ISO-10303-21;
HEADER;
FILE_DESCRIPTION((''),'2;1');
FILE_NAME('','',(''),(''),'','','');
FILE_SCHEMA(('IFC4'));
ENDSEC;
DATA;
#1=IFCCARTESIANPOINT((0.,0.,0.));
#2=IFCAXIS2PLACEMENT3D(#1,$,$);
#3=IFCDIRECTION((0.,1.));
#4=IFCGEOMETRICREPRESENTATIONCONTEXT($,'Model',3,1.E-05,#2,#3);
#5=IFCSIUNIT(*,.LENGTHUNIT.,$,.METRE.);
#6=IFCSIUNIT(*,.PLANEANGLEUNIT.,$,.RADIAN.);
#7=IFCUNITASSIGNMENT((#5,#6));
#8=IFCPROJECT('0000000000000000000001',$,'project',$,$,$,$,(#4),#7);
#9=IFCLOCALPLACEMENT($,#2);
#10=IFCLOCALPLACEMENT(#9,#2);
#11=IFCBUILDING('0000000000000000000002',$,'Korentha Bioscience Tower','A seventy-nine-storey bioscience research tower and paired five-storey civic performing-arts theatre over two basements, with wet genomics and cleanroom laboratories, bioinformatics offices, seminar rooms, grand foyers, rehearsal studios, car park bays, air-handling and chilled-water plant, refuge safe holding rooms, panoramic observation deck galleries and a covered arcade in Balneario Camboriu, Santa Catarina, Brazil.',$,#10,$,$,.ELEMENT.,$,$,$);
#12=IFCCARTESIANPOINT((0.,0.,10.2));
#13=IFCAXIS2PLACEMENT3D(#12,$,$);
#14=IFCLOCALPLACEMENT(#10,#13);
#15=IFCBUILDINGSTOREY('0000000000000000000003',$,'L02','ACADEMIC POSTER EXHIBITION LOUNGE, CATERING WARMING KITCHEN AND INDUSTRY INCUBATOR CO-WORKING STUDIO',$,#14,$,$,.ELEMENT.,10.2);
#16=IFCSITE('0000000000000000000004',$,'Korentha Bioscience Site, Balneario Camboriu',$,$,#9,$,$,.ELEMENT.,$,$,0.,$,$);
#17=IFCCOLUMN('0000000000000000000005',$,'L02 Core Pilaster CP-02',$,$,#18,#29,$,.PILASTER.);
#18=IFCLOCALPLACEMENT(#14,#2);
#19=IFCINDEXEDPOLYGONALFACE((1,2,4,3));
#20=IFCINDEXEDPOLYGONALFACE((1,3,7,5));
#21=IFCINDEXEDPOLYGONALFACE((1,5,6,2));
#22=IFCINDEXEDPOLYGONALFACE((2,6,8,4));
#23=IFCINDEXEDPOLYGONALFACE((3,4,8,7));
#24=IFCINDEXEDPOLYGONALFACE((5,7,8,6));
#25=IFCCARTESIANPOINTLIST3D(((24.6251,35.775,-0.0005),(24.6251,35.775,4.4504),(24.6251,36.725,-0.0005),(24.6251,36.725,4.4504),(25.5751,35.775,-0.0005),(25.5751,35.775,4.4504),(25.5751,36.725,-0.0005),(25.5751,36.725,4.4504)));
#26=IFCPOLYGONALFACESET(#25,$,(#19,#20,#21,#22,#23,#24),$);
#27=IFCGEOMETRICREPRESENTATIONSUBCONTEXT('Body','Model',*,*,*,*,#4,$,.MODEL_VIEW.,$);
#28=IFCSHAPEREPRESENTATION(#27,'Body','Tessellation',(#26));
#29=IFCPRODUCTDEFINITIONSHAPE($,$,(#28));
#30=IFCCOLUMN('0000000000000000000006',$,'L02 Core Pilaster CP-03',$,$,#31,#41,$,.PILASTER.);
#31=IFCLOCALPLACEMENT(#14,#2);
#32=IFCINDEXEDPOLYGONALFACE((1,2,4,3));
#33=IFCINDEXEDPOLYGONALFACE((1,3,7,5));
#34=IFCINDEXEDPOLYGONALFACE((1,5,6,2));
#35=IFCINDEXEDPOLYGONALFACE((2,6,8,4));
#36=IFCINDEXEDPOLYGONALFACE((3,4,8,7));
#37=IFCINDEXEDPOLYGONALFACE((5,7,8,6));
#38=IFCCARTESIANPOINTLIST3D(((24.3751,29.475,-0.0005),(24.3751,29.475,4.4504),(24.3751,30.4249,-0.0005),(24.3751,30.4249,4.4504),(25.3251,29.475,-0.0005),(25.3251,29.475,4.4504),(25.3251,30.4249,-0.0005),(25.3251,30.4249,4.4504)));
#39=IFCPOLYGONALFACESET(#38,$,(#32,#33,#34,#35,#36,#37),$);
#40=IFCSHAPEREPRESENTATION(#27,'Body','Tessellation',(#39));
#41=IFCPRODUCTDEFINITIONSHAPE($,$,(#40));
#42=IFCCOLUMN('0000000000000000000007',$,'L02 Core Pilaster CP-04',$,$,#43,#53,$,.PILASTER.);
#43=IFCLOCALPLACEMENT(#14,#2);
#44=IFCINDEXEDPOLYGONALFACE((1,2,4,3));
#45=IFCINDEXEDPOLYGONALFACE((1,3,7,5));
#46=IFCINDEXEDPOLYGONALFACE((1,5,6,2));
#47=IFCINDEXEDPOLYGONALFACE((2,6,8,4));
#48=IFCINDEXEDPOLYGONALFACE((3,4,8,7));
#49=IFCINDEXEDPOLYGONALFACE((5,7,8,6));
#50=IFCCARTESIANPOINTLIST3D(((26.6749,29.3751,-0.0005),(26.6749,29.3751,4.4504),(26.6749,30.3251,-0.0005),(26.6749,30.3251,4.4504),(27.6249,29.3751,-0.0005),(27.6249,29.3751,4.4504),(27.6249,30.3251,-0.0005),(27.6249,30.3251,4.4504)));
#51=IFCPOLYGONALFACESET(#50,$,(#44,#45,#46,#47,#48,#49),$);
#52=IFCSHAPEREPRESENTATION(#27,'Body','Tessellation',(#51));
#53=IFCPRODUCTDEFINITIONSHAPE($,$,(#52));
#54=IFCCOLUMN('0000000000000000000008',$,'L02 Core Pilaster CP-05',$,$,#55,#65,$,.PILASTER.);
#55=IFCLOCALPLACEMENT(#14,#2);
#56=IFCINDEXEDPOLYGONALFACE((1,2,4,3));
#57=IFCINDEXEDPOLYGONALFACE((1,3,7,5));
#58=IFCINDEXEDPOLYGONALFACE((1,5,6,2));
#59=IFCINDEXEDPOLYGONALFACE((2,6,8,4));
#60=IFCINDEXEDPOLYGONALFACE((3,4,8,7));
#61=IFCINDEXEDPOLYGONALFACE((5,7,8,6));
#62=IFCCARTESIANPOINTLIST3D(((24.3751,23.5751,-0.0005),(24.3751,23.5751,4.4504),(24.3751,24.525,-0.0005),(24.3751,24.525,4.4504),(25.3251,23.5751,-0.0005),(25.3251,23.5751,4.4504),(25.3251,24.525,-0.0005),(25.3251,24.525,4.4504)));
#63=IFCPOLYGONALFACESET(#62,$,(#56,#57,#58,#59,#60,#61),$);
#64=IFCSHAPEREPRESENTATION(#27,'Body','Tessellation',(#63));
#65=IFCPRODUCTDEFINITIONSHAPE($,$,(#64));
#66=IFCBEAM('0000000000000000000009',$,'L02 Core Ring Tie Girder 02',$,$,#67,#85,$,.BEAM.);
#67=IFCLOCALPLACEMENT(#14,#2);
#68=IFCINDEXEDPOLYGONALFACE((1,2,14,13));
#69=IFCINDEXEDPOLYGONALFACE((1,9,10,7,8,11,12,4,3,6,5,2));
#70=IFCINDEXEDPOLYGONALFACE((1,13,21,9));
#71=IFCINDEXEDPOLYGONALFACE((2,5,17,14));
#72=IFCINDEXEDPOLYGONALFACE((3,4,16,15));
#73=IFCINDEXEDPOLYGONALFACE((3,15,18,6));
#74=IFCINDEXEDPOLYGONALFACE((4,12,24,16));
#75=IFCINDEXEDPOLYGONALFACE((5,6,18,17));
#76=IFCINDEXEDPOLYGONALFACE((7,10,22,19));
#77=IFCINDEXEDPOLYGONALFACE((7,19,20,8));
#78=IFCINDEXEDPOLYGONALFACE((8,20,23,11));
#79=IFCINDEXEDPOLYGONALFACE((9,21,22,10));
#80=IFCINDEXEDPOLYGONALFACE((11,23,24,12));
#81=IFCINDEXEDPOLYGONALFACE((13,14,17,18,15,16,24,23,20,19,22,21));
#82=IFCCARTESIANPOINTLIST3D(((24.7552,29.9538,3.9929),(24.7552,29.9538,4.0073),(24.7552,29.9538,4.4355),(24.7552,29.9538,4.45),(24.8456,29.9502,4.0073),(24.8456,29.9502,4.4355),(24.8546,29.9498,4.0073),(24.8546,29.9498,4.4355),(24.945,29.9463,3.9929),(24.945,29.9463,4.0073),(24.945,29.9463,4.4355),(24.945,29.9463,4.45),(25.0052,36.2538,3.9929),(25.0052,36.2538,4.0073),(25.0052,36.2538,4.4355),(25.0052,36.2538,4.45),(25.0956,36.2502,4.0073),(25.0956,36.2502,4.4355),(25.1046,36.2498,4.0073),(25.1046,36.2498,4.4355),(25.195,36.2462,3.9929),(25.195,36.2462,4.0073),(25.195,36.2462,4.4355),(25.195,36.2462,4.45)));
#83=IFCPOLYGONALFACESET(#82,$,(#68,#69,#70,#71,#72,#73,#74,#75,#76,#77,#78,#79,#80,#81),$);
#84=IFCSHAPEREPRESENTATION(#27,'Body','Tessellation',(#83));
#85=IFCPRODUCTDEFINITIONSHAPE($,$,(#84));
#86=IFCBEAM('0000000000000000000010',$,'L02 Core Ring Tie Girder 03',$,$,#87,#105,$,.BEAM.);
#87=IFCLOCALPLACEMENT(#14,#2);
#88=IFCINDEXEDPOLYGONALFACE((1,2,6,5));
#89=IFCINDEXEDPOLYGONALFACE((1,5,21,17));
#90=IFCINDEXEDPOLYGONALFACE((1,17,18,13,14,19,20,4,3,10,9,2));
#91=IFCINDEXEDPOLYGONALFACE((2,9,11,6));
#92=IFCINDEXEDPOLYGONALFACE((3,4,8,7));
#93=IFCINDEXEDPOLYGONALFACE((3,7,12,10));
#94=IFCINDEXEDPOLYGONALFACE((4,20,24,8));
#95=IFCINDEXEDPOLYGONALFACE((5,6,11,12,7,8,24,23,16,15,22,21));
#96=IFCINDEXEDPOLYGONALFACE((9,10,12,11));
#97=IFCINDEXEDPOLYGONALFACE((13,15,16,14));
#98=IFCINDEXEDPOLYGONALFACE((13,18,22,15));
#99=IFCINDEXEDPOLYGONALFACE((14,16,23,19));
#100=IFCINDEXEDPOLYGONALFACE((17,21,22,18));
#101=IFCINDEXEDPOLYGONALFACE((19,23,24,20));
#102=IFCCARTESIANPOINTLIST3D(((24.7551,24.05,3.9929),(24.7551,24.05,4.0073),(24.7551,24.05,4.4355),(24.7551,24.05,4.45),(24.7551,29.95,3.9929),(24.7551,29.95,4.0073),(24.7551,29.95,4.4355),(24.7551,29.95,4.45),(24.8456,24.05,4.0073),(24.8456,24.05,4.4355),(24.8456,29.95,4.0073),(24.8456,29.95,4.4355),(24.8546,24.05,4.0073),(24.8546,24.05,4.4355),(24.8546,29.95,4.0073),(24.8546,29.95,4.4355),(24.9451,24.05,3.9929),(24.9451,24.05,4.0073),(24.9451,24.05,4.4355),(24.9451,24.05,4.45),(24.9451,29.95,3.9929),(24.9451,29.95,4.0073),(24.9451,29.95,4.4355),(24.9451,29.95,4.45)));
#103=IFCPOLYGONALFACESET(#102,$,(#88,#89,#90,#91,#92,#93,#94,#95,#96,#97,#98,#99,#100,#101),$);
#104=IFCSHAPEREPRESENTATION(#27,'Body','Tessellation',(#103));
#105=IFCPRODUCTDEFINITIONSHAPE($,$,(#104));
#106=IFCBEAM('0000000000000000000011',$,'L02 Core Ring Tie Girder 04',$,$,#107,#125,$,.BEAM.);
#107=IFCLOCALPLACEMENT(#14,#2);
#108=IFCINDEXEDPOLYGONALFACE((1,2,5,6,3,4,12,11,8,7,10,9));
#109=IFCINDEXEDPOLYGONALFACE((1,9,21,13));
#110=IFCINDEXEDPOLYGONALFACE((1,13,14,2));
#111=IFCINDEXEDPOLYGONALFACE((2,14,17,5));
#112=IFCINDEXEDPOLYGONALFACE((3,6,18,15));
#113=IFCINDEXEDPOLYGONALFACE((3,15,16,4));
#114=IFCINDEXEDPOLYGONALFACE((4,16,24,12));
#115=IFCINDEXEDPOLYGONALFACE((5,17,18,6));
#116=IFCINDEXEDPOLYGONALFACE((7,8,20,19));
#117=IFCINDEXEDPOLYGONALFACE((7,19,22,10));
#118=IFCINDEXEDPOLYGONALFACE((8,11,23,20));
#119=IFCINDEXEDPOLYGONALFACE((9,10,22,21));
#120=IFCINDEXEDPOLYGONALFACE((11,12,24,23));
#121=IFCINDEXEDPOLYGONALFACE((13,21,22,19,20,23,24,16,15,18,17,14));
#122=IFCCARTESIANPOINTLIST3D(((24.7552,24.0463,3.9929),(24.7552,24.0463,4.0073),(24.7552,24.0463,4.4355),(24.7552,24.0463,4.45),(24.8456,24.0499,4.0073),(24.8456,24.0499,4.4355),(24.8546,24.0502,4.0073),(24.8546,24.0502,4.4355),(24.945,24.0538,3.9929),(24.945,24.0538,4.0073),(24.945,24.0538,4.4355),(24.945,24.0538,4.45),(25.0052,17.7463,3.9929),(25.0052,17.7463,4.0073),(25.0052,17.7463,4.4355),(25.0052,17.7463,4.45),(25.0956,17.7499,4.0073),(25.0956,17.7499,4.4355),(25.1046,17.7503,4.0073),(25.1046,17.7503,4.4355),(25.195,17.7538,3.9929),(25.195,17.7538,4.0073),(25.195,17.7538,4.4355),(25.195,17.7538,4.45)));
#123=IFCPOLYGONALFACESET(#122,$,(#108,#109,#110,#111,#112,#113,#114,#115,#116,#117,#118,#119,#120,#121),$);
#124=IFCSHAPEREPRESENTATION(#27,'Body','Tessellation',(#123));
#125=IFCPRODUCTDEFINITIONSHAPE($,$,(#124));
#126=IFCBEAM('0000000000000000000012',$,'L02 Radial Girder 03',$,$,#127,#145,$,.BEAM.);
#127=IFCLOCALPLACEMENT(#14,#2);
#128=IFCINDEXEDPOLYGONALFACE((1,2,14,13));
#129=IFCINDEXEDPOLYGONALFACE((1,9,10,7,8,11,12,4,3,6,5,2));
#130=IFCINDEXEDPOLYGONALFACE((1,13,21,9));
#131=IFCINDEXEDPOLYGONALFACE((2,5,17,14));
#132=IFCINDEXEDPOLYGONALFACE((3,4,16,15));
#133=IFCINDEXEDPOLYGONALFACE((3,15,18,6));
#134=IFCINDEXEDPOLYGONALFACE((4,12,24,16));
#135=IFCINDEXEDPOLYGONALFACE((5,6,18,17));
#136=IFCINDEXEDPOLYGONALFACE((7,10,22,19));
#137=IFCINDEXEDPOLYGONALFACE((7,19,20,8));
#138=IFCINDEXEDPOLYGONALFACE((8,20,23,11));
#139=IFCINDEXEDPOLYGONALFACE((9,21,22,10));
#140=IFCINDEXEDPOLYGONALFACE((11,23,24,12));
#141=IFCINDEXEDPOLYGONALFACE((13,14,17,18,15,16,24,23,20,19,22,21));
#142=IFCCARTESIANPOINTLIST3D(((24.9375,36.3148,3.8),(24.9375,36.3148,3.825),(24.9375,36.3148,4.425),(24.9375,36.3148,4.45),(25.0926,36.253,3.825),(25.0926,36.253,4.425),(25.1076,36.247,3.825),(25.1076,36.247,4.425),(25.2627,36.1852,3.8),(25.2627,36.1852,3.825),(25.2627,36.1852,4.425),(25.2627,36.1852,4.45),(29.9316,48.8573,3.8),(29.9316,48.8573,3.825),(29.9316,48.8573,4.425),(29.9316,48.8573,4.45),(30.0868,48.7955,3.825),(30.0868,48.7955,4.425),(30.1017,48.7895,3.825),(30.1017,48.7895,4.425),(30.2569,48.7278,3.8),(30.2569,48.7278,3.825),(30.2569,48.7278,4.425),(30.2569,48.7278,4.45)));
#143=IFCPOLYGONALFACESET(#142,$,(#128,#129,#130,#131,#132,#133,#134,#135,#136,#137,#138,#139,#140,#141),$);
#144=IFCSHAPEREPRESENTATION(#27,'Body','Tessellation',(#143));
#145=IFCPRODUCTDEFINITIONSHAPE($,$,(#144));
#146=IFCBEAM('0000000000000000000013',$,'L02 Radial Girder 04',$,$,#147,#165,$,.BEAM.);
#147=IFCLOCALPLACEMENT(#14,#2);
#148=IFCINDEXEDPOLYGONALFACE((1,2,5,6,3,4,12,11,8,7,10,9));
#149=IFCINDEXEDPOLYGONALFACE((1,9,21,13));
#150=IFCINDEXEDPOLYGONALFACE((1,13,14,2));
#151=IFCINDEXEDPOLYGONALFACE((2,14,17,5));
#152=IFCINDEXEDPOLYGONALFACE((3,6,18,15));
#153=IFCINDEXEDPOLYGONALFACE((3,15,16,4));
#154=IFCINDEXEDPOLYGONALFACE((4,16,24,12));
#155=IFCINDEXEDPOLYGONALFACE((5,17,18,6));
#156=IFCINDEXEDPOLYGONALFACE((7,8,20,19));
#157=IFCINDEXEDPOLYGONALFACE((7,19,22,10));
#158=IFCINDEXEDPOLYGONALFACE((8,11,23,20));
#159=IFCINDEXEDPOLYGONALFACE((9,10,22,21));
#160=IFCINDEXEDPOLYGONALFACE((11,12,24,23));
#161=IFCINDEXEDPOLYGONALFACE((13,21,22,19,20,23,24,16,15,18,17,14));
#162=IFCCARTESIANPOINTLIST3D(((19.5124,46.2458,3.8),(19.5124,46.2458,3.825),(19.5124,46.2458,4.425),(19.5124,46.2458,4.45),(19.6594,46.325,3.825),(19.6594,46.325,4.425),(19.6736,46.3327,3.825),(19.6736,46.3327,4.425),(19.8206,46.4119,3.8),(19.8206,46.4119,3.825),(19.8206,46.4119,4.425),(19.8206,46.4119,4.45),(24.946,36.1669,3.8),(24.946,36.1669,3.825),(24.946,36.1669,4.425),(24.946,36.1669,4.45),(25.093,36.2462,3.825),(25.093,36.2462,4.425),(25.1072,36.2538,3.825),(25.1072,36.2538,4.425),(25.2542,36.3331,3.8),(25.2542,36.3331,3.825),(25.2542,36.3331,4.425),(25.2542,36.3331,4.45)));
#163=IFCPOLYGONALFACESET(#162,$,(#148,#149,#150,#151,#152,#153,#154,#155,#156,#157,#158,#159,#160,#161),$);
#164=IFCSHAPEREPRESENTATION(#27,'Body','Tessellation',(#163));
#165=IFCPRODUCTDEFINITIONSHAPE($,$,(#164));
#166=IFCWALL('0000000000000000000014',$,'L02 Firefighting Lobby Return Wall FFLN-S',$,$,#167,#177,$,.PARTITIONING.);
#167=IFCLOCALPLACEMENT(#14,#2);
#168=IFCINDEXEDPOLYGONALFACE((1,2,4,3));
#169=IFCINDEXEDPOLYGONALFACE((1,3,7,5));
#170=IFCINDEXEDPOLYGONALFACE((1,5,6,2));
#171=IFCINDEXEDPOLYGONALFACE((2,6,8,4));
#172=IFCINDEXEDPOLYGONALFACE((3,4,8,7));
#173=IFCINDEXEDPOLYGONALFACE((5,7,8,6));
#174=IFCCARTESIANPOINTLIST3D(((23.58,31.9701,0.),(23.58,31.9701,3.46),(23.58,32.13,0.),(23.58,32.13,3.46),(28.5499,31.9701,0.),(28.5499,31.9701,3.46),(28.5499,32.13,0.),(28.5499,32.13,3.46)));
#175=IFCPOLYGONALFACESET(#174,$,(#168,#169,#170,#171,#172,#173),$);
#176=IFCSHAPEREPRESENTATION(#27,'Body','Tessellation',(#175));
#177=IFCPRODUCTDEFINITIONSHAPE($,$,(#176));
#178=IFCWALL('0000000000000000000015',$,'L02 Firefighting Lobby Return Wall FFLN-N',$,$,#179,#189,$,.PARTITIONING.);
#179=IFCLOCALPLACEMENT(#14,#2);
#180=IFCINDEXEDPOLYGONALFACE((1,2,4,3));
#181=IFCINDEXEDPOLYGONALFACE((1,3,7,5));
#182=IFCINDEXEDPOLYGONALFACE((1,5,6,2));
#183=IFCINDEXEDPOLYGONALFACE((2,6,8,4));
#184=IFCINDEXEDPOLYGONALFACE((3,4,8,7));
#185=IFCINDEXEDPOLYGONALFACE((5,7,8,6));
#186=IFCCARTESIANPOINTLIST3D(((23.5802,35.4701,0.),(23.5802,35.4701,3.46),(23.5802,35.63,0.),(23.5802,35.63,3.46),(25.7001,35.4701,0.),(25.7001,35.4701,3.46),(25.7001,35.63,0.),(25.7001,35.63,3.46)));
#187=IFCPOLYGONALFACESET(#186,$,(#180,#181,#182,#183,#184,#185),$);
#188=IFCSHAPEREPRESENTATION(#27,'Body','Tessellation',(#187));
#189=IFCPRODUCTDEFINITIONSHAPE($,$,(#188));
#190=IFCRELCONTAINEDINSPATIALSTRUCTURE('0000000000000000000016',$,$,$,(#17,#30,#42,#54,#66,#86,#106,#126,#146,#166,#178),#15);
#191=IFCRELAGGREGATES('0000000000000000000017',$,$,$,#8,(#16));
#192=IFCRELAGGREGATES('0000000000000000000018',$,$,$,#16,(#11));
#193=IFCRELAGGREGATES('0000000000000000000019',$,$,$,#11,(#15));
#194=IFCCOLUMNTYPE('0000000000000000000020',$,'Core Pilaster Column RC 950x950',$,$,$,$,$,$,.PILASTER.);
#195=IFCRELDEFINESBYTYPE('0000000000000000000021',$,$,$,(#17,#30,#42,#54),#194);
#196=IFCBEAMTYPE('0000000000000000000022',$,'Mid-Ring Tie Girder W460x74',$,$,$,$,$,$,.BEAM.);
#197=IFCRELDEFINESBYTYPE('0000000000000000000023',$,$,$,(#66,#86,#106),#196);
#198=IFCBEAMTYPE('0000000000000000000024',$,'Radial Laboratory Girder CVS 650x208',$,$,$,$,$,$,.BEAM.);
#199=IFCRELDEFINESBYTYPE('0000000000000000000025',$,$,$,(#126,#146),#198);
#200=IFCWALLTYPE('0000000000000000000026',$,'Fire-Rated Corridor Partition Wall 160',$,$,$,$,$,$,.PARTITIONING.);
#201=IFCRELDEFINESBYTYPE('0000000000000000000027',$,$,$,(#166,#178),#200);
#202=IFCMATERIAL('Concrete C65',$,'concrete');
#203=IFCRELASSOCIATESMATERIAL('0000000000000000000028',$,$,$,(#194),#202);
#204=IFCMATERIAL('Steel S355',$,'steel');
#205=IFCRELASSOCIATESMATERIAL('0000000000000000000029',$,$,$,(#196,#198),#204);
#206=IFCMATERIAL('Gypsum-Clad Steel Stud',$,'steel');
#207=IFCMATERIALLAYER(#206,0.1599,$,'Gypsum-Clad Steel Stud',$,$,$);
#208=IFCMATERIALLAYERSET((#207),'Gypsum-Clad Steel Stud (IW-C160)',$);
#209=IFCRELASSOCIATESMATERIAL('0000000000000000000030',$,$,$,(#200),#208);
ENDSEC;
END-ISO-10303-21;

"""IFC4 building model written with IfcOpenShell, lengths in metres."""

from ifc_helpers import new_model, si_unit, direction, frame, frame_2d, origin, origin_2d, place, context, subcontext, project, spatial, rectangle, i_section, extrude, material, layer, layer_set, material_profile, profile_set, type_object, element, save


model = new_model("IFC4")

# Units and contexts
model_context = context("Model", 3, precision=1e-05, world=origin(), true_north=direction((0.0, 1.0)))
body_context = subcontext(model_context, "Body", "Model", "MODEL_VIEW")
ifc_project = project(units=[si_unit("LENGTHUNIT", "METRE"), si_unit("PLANEANGLEUNIT", "RADIAN")], contexts=[model_context])

# Site, building, storey
site_placement = place(None, origin())
site = spatial("IfcSite", under=ifc_project, at=site_placement, Name="Korentha Bioscience Site, Balneario Camboriu", CompositionType="ELEMENT", RefElevation=0.0)
building_placement = place(site_placement, origin())
building = spatial("IfcBuilding", under=site, at=building_placement, Name="Korentha Bioscience Tower", Description="A seventy-nine-storey bioscience research tower and paired five-storey civic performing-arts theatre over two basements, with wet genomics and cleanroom laboratories, bioinformatics offices, seminar rooms, grand foyers, rehearsal studios, car park bays, air-handling and chilled-water plant, refuge safe holding rooms, panoramic observation deck galleries and a covered arcade in Balneario Camboriu, Santa Catarina, Brazil.", CompositionType="ELEMENT")
storey_placement = place(building_placement, frame((0.0, 0.0, 10.2)))
storey = spatial("IfcBuildingStorey", under=building, at=storey_placement, Name="L02", Description="ACADEMIC POSTER EXHIBITION LOUNGE, CATERING WARMING KITCHEN AND INDUSTRY INCUBATOR CO-WORKING STUDIO", CompositionType="ELEMENT", Elevation=10.2)

# Columns
ifc_material_1 = material(Name="Concrete C65", Category="concrete")
ifc_material_profile_1 = material_profile(ifc_material_1, rectangle(XDim=0.95, YDim=0.95, at=origin_2d()), Name="Concrete C65")
ifc_profile_set_1 = profile_set([ifc_material_profile_1], Name="Concrete C65 (COL-CP09)")
column_type = type_object("IfcColumnType", Name="Core Pilaster Column RC 950x950", PredefinedType="PILASTER", material=ifc_profile_set_1)
for number, where, z_axis, x_axis, name in (
    (1, (25.1001, 36.25, -0.0005), (0.0, 0.0, 1.0), (1.0, 0.0, 0.0), "L02 Core Pilaster CP-02"),
    (2, (24.8501, 29.95, -0.0005), (0.0, 0.0, 1.0), (1.0, 0.0, 0.0), "L02 Core Pilaster CP-03"),
    (3, (27.1499, 29.8501, -0.0005), (0.0, 0.0, 1.0), (1.0, 0.0, 0.0), "L02 Core Pilaster CP-04"),
    (4, (24.8501, 24.05, -0.0005), (0.0, 0.0, 1.0), (1.0, 0.0, 0.0), "L02 Core Pilaster CP-05"),
):
    element("IfcColumn", number, at=place(storey_placement, frame(where, z_axis=z_axis, x_axis=x_axis)), inside=storey, type_object=column_type, Name=name, PredefinedType="PILASTER", context=body_context, shape_type="SweptSolid", body=[
        extrude(rectangle(XDim=0.95, YDim=0.95, at=origin_2d()), origin(), (0.0, 0.0, 1.0), 4.4509),
    ])

# Beams
ifc_material_2 = material(Name="Steel S355", Category="steel")
ifc_material_profile_2 = material_profile(ifc_material_2, i_section(OverallWidth=0.1899, OverallDepth=0.457, WebThickness=0.009, FlangeThickness=0.0144, at=origin_2d()), Name="Steel S355")
ifc_profile_set_2 = profile_set([ifc_material_profile_2], Name="Steel S355 (MB-460)")
beam_type_1 = type_object("IfcBeamType", Name="Mid-Ring Tie Girder W460x74", PredefinedType="BEAM", material=ifc_profile_set_2)
beam_1_placement = place(storey_placement, frame((25.1001, 36.25, 4.2214), z_axis=(-0.039651, -0.999214, 0.0), x_axis=(0.999214, -0.039651, 0.0)))
element("IfcBeam", 5, at=beam_1_placement, inside=storey, type_object=beam_type_1, Name="L02 Core Ring Tie Girder 02", PredefinedType="BEAM", context=body_context, shape_type="SweptSolid", body=[
    extrude(i_section(OverallWidth=0.1899, OverallDepth=0.457, WebThickness=0.009, FlangeThickness=0.0144, at=origin_2d()), origin(), (0.0, 0.0, 1.0), 6.3049),
])
beam_2_placement = place(storey_placement, frame((24.8501, 29.95, 4.2214), z_axis=(0.0, -1.0, 0.0), x_axis=(1.0, 0.0, 0.0)))
element("IfcBeam", 6, at=beam_2_placement, inside=storey, type_object=beam_type_1, Name="L02 Core Ring Tie Girder 03", PredefinedType="BEAM", context=body_context, shape_type="SweptSolid", body=[
    extrude(i_section(OverallWidth=0.1899, OverallDepth=0.457, WebThickness=0.009, FlangeThickness=0.0144, at=origin_2d()), origin(), (0.0, 0.0, 1.0), 5.8999),
])
beam_3_placement = place(storey_placement, frame((24.8501, 24.05, 4.2214), z_axis=(0.039651, -0.999214, 0.0), x_axis=(0.999214, 0.039651, 0.0)))
element("IfcBeam", 7, at=beam_3_placement, inside=storey, type_object=beam_type_1, Name="L02 Core Ring Tie Girder 04", PredefinedType="BEAM", context=body_context, shape_type="SweptSolid", body=[
    extrude(i_section(OverallWidth=0.1899, OverallDepth=0.457, WebThickness=0.009, FlangeThickness=0.0144, at=origin_2d()), origin(), (0.0, 0.0, 1.0), 6.3049),
])
ifc_material_profile_3 = material_profile(ifc_material_2, i_section(OverallWidth=0.3501, OverallDepth=0.6499, WebThickness=0.0161, FlangeThickness=0.0249, at=origin_2d()), Name="Steel S355")
ifc_profile_set_3 = profile_set([ifc_material_profile_3], Name="Steel S355 (RB-650)")
beam_type_2 = type_object("IfcBeamType", Name="Radial Laboratory Girder CVS 650x208", PredefinedType="BEAM", material=ifc_profile_set_3)
beam_4_placement = place(storey_placement, frame((25.1001, 36.25, 4.125), z_axis=(0.369931, 0.929059, 0.0), x_axis=(-0.929059, 0.369931, 0.0)))
element("IfcBeam", 8, at=beam_4_placement, inside=storey, type_object=beam_type_2, Name="L02 Radial Girder 03", PredefinedType="BEAM", context=body_context, shape_type="SweptSolid", body=[
    extrude(i_section(OverallWidth=0.3501, OverallDepth=0.6499, WebThickness=0.0161, FlangeThickness=0.0249, at=origin_2d()), origin(), (0.0, 0.0, 1.0), 13.5002),
])
beam_5_placement = place(storey_placement, frame((25.1001, 36.25, 4.125), z_axis=(-0.474541, 0.880233, 0.0), x_axis=(-0.880233, -0.474541, 0.0)))
element("IfcBeam", 9, at=beam_5_placement, inside=storey, type_object=beam_type_2, Name="L02 Radial Girder 04", PredefinedType="BEAM", context=body_context, shape_type="SweptSolid", body=[
    extrude(i_section(OverallWidth=0.3501, OverallDepth=0.6499, WebThickness=0.0161, FlangeThickness=0.0249, at=origin_2d()), origin(), (0.0, 0.0, 1.0), 11.4502),
])

# Walls
ifc_material_3 = material(Name="Gypsum-Clad Steel Stud", Category="steel")
ifc_layer_1 = layer(ifc_material_3, 0.1599, Name="Gypsum-Clad Steel Stud")
ifc_layer_set_1 = layer_set([ifc_layer_1], Name="Gypsum-Clad Steel Stud (IW-C160)")
wall_type_1 = type_object("IfcWallType", Name="Fire-Rated Corridor Partition Wall 160", PredefinedType="PARTITIONING", material=ifc_layer_set_1)
wall_1_placement = place(storey_placement, frame((23.5801, 32.05, 0.0), z_axis=(0.0, 0.0, 1.0), x_axis=(1.0, 0.0, 0.0)))
element("IfcWall", 10, at=wall_1_placement, inside=storey, type_object=wall_type_1, Name="L02 Firefighting Lobby Return Wall FFLN-S", PredefinedType="PARTITIONING", context=body_context, shape_type="SweptSolid", body=[
    extrude(rectangle(XDim=4.97, YDim=0.1599, at=frame_2d((2.4849, 0.0))), origin(), (0.0, 0.0, 1.0), 3.46),
])
wall_2_placement = place(storey_placement, frame((23.5801, 35.55, 0.0), z_axis=(0.0, 0.0, 1.0), x_axis=(1.0, 0.0, 0.0)))
element("IfcWall", 11, at=wall_2_placement, inside=storey, type_object=wall_type_1, Name="L02 Firefighting Lobby Return Wall FFLN-N", PredefinedType="PARTITIONING", context=body_context, shape_type="SweptSolid", body=[
    extrude(rectangle(XDim=2.1199, YDim=0.1599, at=frame_2d((1.0601, 0.0))), origin(), (0.0, 0.0, 1.0), 3.46),
])

save(model, "model.ifc")
